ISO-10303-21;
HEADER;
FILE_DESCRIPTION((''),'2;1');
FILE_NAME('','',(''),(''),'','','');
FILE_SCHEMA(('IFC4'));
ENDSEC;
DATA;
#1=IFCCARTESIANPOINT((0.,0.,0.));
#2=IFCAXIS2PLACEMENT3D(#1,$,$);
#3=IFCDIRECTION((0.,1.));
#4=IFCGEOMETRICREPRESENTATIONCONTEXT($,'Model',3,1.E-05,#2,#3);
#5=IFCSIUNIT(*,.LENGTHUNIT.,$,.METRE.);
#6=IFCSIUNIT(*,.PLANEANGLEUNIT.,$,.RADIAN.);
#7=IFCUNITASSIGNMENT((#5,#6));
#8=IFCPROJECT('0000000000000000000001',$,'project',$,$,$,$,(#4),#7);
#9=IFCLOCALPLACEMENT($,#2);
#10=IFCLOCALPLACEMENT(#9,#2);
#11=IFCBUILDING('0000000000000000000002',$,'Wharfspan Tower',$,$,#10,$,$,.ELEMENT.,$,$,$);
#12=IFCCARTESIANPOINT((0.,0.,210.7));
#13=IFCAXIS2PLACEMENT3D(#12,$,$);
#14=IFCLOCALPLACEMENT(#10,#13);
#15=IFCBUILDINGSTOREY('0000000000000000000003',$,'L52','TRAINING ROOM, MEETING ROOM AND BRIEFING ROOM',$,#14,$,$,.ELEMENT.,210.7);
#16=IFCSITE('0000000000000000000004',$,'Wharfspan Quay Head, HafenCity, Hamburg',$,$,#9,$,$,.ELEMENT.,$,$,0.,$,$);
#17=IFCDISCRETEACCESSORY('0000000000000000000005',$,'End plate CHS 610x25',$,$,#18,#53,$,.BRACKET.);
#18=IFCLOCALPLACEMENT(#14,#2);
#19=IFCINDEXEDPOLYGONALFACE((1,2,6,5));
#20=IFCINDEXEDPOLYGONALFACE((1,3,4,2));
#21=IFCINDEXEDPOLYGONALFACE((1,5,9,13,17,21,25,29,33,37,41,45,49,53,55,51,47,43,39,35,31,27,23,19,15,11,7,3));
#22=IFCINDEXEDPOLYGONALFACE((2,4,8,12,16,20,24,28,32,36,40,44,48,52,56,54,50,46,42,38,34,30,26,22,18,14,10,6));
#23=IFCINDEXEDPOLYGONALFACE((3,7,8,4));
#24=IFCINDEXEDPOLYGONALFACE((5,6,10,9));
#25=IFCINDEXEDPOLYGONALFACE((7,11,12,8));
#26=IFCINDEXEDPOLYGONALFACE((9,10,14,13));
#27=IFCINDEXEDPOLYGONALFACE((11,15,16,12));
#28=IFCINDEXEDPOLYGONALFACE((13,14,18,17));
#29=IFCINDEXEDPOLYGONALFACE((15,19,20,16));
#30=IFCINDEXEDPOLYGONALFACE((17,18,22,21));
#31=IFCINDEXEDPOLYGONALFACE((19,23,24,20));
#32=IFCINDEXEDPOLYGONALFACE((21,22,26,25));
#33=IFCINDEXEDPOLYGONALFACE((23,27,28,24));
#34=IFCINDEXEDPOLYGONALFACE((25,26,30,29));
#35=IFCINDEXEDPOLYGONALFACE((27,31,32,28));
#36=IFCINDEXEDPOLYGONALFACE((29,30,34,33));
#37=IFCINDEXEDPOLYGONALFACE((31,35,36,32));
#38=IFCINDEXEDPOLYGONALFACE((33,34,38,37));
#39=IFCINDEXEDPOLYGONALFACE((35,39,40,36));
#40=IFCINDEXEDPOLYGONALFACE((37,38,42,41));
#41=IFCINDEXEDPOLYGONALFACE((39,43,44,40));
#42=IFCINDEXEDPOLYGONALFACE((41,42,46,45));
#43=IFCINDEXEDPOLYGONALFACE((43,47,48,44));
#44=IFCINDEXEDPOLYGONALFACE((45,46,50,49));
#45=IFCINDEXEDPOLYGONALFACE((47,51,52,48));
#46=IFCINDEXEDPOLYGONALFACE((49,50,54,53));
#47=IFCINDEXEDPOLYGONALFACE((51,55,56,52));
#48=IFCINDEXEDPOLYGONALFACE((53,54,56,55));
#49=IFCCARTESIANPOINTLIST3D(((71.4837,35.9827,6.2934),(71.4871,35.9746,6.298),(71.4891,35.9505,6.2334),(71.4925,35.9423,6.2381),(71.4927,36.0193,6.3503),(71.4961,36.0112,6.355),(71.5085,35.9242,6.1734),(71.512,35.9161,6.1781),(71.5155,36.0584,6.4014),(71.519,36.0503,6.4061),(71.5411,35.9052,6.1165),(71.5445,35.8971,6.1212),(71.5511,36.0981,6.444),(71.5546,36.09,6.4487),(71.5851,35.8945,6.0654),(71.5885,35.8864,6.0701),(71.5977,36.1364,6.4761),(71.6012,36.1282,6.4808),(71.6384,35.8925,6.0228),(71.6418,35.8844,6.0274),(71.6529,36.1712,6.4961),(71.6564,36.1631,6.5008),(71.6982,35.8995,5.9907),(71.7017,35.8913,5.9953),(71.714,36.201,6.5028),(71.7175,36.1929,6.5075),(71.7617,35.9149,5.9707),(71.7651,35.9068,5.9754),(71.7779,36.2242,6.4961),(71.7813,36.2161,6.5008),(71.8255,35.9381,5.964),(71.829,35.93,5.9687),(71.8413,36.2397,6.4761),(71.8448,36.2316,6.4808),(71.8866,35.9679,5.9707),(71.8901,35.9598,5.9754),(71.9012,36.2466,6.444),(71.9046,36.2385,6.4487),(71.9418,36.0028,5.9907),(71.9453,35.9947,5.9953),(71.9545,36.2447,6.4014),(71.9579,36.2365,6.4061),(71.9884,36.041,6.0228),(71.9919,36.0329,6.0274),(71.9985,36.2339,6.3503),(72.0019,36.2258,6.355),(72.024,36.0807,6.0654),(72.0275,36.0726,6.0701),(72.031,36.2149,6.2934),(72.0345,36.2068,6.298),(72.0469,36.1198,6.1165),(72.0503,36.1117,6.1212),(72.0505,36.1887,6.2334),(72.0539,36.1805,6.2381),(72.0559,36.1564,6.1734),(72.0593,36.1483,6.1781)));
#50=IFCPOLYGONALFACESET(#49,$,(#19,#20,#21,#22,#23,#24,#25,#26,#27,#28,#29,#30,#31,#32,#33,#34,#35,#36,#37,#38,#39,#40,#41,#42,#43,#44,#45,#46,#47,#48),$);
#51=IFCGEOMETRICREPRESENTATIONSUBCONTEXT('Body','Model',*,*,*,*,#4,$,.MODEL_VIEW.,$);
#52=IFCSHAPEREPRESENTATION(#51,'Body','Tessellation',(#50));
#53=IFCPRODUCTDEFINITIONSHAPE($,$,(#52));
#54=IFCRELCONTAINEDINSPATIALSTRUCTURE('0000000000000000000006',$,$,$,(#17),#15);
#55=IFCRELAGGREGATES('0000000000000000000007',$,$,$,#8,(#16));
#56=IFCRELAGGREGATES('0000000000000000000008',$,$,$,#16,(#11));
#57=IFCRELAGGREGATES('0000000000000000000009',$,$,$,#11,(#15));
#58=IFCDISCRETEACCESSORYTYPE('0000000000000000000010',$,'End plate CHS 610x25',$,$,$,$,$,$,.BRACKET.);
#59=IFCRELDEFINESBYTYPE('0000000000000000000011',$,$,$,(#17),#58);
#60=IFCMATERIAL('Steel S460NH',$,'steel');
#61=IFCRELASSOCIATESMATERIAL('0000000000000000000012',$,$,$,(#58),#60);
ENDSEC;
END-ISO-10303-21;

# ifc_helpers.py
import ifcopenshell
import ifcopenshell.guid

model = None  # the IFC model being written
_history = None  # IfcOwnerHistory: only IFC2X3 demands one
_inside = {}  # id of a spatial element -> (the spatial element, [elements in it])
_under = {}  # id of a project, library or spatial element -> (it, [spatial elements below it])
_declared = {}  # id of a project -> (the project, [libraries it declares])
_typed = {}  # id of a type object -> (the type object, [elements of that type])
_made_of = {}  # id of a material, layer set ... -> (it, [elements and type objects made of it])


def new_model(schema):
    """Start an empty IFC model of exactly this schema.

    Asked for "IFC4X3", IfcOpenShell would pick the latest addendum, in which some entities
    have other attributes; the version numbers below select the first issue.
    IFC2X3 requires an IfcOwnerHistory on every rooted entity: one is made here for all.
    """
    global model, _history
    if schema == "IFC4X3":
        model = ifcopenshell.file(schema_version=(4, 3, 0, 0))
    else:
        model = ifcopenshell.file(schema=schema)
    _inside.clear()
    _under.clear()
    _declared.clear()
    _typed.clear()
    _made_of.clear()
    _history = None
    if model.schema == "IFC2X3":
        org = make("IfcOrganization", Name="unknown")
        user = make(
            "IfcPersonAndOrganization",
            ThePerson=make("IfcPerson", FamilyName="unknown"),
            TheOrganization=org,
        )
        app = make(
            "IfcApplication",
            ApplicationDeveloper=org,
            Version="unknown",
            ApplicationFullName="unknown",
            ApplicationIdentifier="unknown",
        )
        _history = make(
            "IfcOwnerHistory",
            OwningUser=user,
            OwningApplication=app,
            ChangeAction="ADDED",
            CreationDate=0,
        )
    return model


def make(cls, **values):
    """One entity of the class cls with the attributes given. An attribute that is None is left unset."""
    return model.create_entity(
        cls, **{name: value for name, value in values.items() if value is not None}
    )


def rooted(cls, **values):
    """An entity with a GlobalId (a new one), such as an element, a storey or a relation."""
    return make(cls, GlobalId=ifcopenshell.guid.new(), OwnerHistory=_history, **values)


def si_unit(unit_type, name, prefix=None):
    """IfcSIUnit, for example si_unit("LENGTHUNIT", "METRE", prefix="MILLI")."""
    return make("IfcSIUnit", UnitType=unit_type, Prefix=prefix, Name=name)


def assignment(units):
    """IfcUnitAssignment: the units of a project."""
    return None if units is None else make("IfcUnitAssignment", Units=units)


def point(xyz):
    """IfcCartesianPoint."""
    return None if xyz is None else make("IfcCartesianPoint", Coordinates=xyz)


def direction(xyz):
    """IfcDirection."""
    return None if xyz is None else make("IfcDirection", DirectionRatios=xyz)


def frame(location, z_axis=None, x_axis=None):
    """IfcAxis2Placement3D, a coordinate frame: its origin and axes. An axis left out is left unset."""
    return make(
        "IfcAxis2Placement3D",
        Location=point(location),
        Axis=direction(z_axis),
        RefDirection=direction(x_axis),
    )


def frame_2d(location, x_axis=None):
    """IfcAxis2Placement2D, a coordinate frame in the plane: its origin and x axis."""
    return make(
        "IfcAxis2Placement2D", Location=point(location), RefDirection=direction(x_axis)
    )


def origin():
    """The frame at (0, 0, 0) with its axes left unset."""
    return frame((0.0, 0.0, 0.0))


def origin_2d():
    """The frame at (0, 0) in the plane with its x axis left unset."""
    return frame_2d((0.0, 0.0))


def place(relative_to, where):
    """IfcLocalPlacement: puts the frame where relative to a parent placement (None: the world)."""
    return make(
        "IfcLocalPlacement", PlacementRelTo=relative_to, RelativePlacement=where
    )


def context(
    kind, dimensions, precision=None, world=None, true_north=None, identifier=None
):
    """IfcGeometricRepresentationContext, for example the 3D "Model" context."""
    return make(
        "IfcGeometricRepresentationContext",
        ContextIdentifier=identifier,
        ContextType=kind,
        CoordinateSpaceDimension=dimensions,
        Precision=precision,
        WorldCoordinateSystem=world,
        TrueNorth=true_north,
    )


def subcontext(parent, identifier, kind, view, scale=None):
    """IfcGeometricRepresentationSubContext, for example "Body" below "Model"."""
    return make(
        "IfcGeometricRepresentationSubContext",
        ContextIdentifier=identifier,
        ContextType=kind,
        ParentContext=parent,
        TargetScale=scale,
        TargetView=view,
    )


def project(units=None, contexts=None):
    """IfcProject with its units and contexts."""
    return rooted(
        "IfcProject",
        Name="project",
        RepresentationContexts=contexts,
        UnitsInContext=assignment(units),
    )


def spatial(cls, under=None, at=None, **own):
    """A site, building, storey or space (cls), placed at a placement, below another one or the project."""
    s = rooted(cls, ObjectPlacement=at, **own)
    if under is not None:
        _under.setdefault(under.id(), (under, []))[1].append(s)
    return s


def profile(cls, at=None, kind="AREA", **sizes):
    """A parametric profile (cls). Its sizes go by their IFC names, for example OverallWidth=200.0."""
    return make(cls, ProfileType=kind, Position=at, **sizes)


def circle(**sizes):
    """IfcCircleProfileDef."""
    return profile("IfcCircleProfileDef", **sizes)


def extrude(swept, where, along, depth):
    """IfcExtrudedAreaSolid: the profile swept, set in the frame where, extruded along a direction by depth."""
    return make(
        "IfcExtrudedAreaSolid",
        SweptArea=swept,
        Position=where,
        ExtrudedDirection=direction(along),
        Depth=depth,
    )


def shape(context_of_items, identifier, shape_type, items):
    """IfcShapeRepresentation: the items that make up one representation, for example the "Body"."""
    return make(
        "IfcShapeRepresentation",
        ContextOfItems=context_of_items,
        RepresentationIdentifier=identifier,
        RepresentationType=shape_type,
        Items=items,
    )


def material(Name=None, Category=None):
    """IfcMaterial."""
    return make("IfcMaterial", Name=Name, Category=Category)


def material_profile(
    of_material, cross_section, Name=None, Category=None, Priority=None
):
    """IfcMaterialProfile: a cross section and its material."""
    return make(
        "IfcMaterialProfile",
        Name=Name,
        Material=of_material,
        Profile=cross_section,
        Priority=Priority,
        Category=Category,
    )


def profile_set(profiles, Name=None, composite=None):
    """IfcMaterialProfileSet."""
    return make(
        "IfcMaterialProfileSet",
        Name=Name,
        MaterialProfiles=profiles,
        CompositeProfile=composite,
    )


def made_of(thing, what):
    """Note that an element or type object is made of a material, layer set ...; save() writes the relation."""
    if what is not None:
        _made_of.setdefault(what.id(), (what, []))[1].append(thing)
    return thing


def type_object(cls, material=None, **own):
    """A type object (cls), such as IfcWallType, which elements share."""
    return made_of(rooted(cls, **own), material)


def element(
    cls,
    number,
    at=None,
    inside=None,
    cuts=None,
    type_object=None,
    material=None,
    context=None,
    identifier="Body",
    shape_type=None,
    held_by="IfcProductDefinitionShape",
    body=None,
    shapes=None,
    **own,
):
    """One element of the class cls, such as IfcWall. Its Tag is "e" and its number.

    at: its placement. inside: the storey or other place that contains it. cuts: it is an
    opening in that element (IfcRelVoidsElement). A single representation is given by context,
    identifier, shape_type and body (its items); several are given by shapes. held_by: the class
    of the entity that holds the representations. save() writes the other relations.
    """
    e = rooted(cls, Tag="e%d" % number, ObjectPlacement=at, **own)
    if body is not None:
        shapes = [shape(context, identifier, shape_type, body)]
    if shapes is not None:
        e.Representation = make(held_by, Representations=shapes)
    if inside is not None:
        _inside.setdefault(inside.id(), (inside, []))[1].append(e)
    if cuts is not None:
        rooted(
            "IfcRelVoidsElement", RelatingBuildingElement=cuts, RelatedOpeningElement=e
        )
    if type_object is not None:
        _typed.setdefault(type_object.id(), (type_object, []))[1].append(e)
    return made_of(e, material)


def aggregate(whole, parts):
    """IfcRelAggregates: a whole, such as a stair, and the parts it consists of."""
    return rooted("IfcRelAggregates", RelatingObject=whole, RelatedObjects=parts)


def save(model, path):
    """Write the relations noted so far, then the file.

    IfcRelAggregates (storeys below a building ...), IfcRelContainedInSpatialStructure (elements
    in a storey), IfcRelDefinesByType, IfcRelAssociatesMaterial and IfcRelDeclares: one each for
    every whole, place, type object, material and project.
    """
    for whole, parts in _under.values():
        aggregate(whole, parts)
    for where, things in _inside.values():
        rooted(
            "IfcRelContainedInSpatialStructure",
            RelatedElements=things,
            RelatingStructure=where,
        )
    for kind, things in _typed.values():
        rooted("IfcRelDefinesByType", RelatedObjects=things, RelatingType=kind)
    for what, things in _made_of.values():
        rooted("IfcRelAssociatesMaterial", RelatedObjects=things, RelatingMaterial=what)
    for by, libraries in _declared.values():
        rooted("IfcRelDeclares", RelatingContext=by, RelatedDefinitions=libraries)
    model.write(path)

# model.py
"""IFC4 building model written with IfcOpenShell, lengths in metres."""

from ifc_helpers import new_model, si_unit, direction, frame, origin, origin_2d, place, context, subcontext, project, spatial, circle, extrude, material, material_profile, profile_set, type_object, element, save


model = new_model("IFC4")

# Units and contexts
model_context = context("Model", 3, precision=1e-05, world=origin(), true_north=direction((0.0, 1.0)))
body_context = subcontext(model_context, "Body", "Model", "MODEL_VIEW")
ifc_project = project(units=[si_unit("LENGTHUNIT", "METRE"), si_unit("PLANEANGLEUNIT", "RADIAN")], contexts=[model_context])

# Site, building, storey
site_placement = place(None, origin())
site = spatial("IfcSite", under=ifc_project, at=site_placement, Name="Wharfspan Quay Head, HafenCity, Hamburg", CompositionType="ELEMENT", RefElevation=0.0)
building_placement = place(site_placement, origin())
building = spatial("IfcBuilding", under=site, at=building_placement, Name="Wharfspan Tower", CompositionType="ELEMENT")
storey_placement = place(building_placement, frame((0.0, 0.0, 210.7)))
storey = spatial("IfcBuildingStorey", under=building, at=storey_placement, Name="L52", Description="TRAINING ROOM, MEETING ROOM AND BRIEFING ROOM", CompositionType="ELEMENT", Elevation=210.7)

# Shared definitions
ifc_material_1 = material(Name="Steel S460NH", Category="steel")

# Discrete accessory
ifc_material_profile_1 = material_profile(ifc_material_1, circle(Radius=0.3049, at=origin_2d()))
ifc_profile_set_1 = profile_set([ifc_material_profile_1], Name="Steel S460NH")
discrete_accessory_type = type_object("IfcDiscreteAccessoryType", Name="End plate CHS 610x25", PredefinedType="BRACKET", material=ifc_profile_set_1)
for number, where, z_axis, x_axis, name in (
    (1, (71.7698, 36.0696, 6.2334), (0.345075, -0.81339, 0.468316), (0.920586, 0.390551, -0.000002), "End plate CHS 610x25"),
):
    element("IfcDiscreteAccessory", number, at=place(storey_placement, frame(where, z_axis=z_axis, x_axis=x_axis)), inside=storey, type_object=discrete_accessory_type, Name=name, PredefinedType="BRACKET", context=body_context, shape_type="SweptSolid", body=[
        extrude(circle(Radius=0.3049, at=origin_2d()), origin(), (0.0, 0.0, 1.0), 0.01),
    ])

save(model, "model.ifc")
